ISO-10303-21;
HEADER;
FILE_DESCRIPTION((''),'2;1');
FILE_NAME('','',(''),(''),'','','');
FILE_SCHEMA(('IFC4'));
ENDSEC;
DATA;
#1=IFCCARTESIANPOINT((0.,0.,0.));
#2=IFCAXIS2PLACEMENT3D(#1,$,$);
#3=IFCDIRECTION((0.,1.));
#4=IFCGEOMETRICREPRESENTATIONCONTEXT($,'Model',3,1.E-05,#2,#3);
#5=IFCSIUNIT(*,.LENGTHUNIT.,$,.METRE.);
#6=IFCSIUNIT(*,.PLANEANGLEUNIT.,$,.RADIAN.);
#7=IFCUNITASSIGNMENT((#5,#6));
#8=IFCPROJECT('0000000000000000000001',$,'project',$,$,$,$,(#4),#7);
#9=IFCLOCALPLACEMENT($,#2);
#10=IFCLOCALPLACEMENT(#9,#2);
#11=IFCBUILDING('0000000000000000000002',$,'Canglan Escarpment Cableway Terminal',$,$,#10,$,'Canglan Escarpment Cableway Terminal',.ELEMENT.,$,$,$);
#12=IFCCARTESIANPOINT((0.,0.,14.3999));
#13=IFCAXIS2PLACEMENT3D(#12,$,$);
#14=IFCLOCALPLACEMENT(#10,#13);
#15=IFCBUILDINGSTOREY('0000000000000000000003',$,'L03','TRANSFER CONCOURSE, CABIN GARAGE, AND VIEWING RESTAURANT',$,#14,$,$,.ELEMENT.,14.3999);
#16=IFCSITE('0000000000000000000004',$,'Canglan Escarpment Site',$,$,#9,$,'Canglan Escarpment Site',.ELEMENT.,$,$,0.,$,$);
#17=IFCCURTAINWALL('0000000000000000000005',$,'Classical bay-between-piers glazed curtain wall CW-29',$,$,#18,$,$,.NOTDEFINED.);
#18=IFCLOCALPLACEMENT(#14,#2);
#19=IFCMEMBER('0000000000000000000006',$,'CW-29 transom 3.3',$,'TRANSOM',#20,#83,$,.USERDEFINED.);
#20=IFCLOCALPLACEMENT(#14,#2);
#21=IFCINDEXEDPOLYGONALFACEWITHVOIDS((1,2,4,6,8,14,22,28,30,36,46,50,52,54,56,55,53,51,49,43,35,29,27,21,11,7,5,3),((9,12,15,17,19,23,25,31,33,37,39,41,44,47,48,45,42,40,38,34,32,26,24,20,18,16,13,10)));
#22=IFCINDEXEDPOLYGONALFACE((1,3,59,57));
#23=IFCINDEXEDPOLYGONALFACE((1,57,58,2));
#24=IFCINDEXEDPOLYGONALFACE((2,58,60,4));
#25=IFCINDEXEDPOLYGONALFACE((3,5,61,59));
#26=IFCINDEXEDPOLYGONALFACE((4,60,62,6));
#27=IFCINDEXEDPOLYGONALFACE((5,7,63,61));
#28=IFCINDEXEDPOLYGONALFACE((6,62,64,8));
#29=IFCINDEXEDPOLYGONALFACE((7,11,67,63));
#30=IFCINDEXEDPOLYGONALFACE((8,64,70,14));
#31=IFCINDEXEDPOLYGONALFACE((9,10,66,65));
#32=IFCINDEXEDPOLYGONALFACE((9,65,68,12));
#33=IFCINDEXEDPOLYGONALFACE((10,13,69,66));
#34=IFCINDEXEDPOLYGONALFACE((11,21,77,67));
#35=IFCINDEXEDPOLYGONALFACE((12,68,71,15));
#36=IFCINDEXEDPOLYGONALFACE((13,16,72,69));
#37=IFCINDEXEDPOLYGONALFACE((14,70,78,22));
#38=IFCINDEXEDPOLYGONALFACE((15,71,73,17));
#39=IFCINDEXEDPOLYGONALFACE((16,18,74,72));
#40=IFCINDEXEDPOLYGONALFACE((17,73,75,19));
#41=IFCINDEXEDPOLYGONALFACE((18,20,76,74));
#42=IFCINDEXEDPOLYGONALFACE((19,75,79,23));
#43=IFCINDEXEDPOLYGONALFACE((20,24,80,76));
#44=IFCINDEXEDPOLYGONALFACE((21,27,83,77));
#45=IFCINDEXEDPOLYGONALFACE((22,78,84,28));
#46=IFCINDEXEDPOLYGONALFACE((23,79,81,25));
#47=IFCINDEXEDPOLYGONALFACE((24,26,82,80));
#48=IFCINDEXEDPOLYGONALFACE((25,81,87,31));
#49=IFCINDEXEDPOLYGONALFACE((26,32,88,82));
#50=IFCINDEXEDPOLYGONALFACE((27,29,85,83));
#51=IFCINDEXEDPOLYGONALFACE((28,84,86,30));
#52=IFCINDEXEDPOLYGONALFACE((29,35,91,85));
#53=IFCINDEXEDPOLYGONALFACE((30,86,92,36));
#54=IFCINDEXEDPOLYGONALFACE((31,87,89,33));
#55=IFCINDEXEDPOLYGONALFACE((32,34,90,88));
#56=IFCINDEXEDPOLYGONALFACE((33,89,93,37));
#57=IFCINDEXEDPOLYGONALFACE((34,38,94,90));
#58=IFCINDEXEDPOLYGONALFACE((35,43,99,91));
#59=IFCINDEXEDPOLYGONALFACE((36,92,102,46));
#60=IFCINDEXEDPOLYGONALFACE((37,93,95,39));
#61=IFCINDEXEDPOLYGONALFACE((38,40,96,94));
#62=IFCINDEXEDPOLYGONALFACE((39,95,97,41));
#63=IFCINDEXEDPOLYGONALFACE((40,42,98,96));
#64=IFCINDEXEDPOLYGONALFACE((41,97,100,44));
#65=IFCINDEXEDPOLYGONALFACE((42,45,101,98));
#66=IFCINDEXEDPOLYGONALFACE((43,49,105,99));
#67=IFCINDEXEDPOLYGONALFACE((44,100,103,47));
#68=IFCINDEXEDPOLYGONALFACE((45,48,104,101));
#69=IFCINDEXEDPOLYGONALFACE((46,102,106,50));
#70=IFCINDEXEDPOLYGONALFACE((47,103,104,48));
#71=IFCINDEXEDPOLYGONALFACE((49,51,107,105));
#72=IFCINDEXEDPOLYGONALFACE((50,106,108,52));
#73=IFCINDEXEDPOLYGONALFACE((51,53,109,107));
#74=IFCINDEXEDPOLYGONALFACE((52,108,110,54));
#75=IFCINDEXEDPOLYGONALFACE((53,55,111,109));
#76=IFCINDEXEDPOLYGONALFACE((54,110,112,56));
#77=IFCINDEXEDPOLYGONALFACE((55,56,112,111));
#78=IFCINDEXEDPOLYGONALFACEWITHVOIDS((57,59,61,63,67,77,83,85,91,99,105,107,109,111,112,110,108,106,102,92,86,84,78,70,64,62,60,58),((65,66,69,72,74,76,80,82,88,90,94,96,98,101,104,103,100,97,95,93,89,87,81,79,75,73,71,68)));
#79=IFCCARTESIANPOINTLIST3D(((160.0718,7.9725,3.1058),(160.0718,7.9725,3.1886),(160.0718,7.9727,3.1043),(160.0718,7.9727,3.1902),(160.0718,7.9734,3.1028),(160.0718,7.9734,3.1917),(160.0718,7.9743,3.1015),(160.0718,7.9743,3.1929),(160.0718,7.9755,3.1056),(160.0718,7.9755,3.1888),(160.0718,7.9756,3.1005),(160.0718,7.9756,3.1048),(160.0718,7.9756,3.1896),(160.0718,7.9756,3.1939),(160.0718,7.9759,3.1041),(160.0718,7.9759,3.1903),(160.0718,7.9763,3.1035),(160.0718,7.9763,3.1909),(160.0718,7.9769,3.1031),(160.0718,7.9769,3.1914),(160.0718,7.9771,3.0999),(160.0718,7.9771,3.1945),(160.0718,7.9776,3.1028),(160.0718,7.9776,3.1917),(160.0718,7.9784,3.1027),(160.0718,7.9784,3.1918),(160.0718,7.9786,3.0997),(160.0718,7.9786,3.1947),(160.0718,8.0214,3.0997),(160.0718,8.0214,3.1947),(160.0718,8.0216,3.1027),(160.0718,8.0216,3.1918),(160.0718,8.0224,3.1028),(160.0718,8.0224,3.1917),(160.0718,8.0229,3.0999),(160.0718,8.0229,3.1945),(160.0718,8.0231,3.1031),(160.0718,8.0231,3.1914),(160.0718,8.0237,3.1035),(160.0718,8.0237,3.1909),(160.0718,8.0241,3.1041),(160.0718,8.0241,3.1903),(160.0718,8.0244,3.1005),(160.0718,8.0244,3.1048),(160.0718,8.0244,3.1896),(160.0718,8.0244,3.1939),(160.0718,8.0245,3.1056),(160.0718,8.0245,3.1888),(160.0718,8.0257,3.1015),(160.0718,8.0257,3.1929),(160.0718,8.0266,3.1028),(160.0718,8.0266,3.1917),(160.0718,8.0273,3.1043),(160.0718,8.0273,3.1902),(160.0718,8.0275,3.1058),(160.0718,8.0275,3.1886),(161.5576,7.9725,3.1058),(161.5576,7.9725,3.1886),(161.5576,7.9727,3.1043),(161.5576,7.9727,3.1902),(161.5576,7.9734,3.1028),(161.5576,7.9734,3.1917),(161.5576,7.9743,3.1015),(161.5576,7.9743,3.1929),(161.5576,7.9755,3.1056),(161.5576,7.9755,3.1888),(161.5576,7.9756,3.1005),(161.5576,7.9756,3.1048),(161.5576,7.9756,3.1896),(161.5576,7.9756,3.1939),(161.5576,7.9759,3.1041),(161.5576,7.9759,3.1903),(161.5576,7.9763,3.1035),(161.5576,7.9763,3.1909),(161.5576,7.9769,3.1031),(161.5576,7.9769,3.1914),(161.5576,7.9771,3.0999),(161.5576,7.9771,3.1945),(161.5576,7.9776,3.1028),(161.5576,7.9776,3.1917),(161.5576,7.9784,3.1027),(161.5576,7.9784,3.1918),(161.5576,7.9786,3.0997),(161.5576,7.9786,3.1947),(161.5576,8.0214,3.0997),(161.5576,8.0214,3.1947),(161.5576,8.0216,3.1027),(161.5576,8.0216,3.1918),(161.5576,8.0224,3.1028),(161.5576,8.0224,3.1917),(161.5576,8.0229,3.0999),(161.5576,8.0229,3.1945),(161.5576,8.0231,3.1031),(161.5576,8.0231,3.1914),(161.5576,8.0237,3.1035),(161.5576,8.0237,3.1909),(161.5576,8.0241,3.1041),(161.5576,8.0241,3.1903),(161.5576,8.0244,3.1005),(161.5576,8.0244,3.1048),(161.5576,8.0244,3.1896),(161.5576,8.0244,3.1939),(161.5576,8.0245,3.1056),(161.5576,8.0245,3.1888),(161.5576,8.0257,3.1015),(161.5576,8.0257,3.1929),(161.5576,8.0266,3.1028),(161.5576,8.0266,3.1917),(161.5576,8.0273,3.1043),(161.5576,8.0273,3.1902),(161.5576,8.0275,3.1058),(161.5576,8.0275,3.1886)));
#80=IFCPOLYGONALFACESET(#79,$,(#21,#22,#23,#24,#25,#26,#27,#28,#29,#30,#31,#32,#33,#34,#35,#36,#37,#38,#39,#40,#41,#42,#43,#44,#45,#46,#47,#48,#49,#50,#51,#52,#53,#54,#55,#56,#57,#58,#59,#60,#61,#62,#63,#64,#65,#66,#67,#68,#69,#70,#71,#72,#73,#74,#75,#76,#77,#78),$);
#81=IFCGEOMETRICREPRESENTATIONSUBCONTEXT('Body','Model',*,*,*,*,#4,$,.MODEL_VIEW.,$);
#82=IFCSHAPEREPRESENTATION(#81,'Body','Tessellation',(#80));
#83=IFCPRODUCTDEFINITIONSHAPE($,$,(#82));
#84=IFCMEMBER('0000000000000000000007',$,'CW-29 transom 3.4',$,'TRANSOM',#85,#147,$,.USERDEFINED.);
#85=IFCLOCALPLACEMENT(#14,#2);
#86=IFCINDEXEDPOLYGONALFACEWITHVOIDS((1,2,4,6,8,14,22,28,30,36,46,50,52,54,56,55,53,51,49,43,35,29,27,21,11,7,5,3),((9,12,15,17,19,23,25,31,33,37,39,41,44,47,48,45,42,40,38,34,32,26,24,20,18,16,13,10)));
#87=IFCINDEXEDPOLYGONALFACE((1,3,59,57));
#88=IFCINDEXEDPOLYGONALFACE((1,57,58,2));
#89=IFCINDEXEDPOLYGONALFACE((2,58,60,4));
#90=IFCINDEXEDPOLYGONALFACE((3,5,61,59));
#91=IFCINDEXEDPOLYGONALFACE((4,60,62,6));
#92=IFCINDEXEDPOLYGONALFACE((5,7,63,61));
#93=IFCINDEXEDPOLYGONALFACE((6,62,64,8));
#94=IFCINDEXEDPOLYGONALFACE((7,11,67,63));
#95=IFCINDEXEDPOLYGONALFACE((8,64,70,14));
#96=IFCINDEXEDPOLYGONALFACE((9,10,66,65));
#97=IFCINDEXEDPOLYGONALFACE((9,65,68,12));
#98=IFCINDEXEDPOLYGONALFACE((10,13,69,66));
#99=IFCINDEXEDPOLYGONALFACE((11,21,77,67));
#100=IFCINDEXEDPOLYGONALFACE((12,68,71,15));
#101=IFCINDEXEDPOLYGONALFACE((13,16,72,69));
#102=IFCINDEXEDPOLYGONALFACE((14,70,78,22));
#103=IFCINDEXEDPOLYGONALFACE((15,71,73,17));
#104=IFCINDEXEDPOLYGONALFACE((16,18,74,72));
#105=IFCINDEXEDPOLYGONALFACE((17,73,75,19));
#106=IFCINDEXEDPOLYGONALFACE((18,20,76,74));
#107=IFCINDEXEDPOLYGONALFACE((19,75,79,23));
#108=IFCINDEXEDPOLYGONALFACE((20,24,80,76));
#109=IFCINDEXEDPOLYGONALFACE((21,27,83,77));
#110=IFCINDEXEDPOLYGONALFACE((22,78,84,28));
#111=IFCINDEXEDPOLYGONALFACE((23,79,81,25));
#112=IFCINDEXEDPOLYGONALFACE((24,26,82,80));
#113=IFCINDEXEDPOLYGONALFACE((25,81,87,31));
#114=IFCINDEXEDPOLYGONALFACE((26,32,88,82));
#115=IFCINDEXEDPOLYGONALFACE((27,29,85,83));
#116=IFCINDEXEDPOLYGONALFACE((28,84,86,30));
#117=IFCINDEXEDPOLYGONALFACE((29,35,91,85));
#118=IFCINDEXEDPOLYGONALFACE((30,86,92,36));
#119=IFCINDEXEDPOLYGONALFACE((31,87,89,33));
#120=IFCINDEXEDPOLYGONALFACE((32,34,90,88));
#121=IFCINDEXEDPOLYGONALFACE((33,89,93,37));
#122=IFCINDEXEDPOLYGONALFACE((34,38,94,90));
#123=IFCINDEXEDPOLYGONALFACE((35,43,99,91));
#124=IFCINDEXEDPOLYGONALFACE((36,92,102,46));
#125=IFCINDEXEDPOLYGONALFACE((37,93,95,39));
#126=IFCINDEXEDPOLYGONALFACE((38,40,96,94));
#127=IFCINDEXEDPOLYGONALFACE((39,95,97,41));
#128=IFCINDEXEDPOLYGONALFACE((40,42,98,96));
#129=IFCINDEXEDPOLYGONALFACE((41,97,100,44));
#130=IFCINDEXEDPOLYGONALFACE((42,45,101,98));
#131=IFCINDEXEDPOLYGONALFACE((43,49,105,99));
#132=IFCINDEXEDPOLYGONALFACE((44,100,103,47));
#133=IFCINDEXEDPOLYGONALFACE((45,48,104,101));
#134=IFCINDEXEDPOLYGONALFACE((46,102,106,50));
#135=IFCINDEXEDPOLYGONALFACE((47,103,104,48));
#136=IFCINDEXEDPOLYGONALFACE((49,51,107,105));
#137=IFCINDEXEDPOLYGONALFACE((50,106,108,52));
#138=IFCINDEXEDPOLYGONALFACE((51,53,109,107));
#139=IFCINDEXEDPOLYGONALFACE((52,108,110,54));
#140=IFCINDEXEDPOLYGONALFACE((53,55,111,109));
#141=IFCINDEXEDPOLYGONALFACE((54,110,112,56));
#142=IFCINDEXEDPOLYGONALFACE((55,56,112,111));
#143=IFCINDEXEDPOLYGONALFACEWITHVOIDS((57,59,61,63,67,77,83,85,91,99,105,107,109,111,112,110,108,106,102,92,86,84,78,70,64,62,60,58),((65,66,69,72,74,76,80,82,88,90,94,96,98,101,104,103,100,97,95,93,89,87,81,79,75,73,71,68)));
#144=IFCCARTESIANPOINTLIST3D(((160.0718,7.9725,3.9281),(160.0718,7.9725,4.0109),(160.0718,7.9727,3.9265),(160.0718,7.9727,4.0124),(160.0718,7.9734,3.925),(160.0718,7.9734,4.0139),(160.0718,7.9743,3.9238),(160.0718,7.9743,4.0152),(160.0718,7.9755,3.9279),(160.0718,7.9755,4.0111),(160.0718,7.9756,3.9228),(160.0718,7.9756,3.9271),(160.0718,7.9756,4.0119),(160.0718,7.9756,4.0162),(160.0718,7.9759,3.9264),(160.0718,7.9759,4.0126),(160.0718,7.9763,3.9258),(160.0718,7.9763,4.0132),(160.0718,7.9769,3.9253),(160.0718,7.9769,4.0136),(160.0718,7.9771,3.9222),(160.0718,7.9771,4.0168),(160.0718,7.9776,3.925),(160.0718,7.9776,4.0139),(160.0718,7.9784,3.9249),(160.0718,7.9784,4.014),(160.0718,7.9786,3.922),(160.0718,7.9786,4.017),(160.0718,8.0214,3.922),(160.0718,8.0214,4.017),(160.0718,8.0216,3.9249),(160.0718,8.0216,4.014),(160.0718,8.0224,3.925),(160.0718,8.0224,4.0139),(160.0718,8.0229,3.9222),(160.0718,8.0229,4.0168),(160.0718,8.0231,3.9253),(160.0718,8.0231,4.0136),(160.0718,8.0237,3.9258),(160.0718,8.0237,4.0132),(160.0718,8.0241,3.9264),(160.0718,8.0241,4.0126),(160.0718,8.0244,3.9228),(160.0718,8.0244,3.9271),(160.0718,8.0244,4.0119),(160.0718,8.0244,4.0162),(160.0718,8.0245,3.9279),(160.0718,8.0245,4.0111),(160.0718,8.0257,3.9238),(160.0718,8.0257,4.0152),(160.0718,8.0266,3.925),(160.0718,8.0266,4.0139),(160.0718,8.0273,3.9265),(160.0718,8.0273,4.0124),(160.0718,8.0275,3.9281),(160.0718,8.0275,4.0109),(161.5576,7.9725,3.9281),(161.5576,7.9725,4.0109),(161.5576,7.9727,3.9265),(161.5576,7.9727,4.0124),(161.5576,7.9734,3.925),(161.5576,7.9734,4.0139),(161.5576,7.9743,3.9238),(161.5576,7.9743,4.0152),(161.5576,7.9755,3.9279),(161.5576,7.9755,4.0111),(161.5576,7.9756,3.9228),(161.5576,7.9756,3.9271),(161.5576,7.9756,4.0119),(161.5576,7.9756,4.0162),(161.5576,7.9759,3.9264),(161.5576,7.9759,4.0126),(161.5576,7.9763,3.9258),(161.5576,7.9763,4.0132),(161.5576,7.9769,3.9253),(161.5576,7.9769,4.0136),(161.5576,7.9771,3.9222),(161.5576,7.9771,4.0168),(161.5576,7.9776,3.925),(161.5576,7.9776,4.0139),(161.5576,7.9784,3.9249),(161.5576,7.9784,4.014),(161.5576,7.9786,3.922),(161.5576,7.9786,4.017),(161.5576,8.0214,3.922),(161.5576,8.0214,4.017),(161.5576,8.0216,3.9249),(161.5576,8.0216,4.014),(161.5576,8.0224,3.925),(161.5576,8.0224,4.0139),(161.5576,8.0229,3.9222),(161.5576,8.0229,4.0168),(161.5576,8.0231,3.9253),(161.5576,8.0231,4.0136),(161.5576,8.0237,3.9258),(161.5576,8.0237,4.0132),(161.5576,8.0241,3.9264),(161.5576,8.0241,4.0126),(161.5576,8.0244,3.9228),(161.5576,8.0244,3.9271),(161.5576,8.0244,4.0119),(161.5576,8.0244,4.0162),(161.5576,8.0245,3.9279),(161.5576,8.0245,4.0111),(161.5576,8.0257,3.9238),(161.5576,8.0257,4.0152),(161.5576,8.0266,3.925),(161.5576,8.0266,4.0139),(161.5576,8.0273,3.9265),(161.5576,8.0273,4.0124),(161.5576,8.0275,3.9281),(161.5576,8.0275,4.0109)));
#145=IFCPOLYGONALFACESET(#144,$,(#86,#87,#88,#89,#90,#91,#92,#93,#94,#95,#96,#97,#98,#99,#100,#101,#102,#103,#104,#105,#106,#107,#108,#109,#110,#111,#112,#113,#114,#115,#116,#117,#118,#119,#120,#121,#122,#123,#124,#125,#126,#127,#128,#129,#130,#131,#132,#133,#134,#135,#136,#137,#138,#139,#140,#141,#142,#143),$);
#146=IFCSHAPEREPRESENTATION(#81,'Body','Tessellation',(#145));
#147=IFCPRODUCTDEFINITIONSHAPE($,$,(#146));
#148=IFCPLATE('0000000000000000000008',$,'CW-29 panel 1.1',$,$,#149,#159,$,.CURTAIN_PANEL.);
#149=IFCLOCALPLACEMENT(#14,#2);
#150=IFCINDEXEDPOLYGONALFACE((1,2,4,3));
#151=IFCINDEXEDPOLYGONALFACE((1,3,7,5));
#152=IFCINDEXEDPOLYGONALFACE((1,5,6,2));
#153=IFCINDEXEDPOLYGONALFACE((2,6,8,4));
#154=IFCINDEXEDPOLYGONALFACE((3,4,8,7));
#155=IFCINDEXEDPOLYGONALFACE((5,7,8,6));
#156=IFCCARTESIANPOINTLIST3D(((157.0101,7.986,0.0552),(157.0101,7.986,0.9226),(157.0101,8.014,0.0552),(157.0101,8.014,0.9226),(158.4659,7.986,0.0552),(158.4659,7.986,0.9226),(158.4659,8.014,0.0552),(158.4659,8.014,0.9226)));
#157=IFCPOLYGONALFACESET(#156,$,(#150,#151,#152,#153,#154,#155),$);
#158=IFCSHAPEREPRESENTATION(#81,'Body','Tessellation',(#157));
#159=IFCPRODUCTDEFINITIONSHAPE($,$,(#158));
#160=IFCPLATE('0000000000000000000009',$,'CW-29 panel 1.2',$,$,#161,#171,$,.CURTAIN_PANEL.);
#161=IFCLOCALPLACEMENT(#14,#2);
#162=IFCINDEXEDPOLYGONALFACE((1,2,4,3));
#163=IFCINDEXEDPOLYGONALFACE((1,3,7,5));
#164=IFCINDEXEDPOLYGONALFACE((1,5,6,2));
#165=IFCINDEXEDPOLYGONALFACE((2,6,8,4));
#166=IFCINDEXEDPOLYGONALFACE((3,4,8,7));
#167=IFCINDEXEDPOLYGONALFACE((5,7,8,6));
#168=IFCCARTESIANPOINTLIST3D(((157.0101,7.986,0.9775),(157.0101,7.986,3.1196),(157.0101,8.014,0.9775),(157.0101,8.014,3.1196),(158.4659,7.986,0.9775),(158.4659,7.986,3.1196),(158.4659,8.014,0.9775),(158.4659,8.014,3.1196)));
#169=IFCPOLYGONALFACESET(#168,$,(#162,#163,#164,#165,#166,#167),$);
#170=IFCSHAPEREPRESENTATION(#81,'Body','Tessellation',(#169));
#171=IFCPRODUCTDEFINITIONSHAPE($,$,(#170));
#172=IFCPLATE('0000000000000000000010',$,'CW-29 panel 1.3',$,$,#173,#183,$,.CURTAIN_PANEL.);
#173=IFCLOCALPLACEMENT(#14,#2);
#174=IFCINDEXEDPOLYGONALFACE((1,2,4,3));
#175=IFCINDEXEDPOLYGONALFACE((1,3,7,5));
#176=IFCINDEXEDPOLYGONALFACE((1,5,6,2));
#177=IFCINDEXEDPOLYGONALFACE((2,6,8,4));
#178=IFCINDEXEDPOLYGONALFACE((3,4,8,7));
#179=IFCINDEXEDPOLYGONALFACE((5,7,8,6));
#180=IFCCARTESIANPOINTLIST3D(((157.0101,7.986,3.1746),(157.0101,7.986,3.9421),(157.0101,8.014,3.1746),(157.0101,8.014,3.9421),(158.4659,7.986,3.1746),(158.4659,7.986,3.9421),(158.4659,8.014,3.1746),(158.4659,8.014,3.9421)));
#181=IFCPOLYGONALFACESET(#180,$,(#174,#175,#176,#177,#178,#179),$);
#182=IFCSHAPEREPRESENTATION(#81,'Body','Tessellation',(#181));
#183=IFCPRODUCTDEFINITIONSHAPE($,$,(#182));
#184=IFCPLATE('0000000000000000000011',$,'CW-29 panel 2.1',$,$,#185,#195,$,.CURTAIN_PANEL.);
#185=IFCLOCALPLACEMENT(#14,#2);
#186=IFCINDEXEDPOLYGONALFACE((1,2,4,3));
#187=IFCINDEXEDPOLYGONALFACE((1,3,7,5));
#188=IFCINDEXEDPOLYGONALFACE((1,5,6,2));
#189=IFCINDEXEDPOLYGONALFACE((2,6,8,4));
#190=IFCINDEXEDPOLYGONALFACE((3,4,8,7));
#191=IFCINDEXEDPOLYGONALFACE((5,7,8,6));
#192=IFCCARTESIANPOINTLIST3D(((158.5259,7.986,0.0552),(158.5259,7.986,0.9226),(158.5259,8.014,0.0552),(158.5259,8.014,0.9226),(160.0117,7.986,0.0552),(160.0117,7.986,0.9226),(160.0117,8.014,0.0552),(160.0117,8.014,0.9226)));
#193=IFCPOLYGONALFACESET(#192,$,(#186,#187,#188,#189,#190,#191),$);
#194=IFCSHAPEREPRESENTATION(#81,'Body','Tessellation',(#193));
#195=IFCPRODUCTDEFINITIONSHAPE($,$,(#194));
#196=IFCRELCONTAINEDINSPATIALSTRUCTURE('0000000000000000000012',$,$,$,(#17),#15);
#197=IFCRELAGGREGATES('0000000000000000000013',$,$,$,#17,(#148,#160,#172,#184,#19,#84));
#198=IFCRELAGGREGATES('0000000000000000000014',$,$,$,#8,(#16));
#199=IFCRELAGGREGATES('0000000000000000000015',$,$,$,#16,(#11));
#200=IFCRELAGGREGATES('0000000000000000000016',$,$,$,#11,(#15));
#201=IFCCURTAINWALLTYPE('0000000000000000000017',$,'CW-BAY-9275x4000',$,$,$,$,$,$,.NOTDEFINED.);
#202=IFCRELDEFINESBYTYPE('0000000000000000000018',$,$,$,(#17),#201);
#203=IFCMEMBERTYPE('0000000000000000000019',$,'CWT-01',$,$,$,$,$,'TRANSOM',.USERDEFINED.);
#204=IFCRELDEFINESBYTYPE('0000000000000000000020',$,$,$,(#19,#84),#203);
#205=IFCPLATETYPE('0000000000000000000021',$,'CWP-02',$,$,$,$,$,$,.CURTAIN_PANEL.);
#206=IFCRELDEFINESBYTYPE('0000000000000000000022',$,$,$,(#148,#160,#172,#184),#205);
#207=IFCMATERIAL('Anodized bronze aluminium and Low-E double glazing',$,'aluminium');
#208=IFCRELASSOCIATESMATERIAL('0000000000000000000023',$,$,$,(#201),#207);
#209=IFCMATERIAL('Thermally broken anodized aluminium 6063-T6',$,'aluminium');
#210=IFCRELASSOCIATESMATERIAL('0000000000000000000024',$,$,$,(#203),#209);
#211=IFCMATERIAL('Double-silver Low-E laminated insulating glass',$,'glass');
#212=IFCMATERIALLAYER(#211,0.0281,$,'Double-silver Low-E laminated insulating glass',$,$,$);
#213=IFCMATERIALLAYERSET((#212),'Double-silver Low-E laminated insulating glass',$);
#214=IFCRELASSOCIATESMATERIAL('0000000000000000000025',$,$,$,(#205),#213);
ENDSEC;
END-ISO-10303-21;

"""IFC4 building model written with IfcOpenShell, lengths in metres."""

from ifc_helpers import new_model, si_unit, direction, frame, origin, origin_2d, place, context, subcontext, project, spatial, rectangle, hollow_rectangle, extrude, material, layer, layer_set, material_profile, profile_set, type_object, element, aggregate, save


model = new_model("IFC4")

# Units and contexts
model_context = context("Model", 3, precision=1e-05, world=origin(), true_north=direction((0.0, 1.0)))
body_context = subcontext(model_context, "Body", "Model", "MODEL_VIEW")
ifc_project = project(units=[si_unit("LENGTHUNIT", "METRE"), si_unit("PLANEANGLEUNIT", "RADIAN")], contexts=[model_context])

# Site, building, storey
site_placement = place(None, origin())
site = spatial("IfcSite", under=ifc_project, at=site_placement, Name="Canglan Escarpment Site", LongName="Canglan Escarpment Site", CompositionType="ELEMENT", RefElevation=0.0)
building_placement = place(site_placement, origin())
building = spatial("IfcBuilding", under=site, at=building_placement, Name="Canglan Escarpment Cableway Terminal", LongName="Canglan Escarpment Cableway Terminal", CompositionType="ELEMENT")
storey_placement = place(building_placement, frame((0.0, 0.0, 14.3999)))
storey = spatial("IfcBuildingStorey", under=building, at=storey_placement, Name="L03", Description="TRANSFER CONCOURSE, CABIN GARAGE, AND VIEWING RESTAURANT", CompositionType="ELEMENT", Elevation=14.3999)

# Curtain wall, members, plates
ifc_material_1 = material(Name="Anodized bronze aluminium and Low-E double glazing", Category="aluminium")
curtain_wall_type = type_object("IfcCurtainWallType", Name="CW-BAY-9275x4000", PredefinedType="NOTDEFINED", material=ifc_material_1)
curtain_wall_placement = place(storey_placement, origin())
curtain_wall = element("IfcCurtainWall", 1, at=curtain_wall_placement, inside=storey, type_object=curtain_wall_type, Name="Classical bay-between-piers glazed curtain wall CW-29", PredefinedType="NOTDEFINED")
ifc_material_2 = material(Name="Thermally broken anodized aluminium 6063-T6", Category="aluminium")
ifc_material_profile_1 = material_profile(ifc_material_2, hollow_rectangle(XDim=0.0549, YDim=0.095, WallThickness=0.0029, InnerFilletRadius=0.0029, OuterFilletRadius=0.0061, at=origin_2d()), Name="ALU-TRAN 55x95x3")
ifc_profile_set_1 = profile_set([ifc_material_profile_1], Name="Thermally broken anodized aluminium 6063-T6")
member_type_1 = type_object("IfcMemberType", Name="CWT-01", ElementType="TRANSOM", PredefinedType="USERDEFINED", material=ifc_profile_set_1)
member_1_placement = place(storey_placement, frame((160.0718, 8.0, 3.1472), z_axis=(1.0, 0.0, 0.0), x_axis=(0.0, 1.0, 0.0)))
member_1 = element("IfcMember", 2, at=member_1_placement, type_object=member_type_1, Name="CW-29 transom 3.3", ObjectType="TRANSOM", PredefinedType="USERDEFINED", context=body_context, shape_type="SweptSolid", body=[
    extrude(hollow_rectangle(XDim=0.0549, YDim=0.095, WallThickness=0.0029, InnerFilletRadius=0.0029, OuterFilletRadius=0.0061, at=origin_2d()), origin(), (0.0, 0.0, 1.0), 1.4858),
])
member_2_placement = place(storey_placement, frame((160.0718, 8.0, 3.9695), z_axis=(1.0, 0.0, 0.0), x_axis=(0.0, 1.0, 0.0)))
member_2 = element("IfcMember", 3, at=member_2_placement, type_object=member_type_1, Name="CW-29 transom 3.4", ObjectType="TRANSOM", PredefinedType="USERDEFINED", context=body_context, shape_type="SweptSolid", body=[
    extrude(hollow_rectangle(XDim=0.0549, YDim=0.095, WallThickness=0.0029, InnerFilletRadius=0.0029, OuterFilletRadius=0.0061, at=origin_2d()), origin(), (0.0, 0.0, 1.0), 1.4858),
])
ifc_material_3 = material(Name="Double-silver Low-E laminated insulating glass", Category="glass")
ifc_layer_1 = layer(ifc_material_3, 0.0281, Name="Double-silver Low-E laminated insulating glass")
ifc_layer_set_1 = layer_set([ifc_layer_1], Name="Double-silver Low-E laminated insulating glass")
plate_type = type_object("IfcPlateType", Name="CWP-02", PredefinedType="CURTAIN_PANEL", material=ifc_layer_set_1)
plate_1_placement = place(storey_placement, frame((157.738, 8.0, 0.0552), z_axis=(0.0, 0.0, 1.0), x_axis=(1.0, 0.0, 0.0)))
plate_1 = element("IfcPlate", 4, at=plate_1_placement, type_object=plate_type, Name="CW-29 panel 1.1", PredefinedType="CURTAIN_PANEL", context=body_context, shape_type="SweptSolid", body=[
    extrude(rectangle(XDim=1.4558, YDim=0.0281, at=origin_2d()), origin(), (0.0, 0.0, 1.0), 0.8674),
])
plate_2_placement = place(storey_placement, frame((157.738, 8.0, 0.9775), z_axis=(0.0, 0.0, 1.0), x_axis=(1.0, 0.0, 0.0)))
plate_2 = element("IfcPlate", 5, at=plate_2_placement, type_object=plate_type, Name="CW-29 panel 1.2", PredefinedType="CURTAIN_PANEL", context=body_context, shape_type="SweptSolid", body=[
    extrude(rectangle(XDim=1.4558, YDim=0.0281, at=origin_2d()), origin(), (0.0, 0.0, 1.0), 2.1421),
])
plate_3_placement = place(storey_placement, frame((157.738, 8.0, 3.1746), z_axis=(0.0, 0.0, 1.0), x_axis=(1.0, 0.0, 0.0)))
plate_3 = element("IfcPlate", 6, at=plate_3_placement, type_object=plate_type, Name="CW-29 panel 1.3", PredefinedType="CURTAIN_PANEL", context=body_context, shape_type="SweptSolid", body=[
    extrude(rectangle(XDim=1.4558, YDim=0.0281, at=origin_2d()), origin(), (0.0, 0.0, 1.0), 0.7676),
])
plate_4_placement = place(storey_placement, frame((159.2688, 8.0, 0.0552), z_axis=(0.0, 0.0, 1.0), x_axis=(1.0, 0.0, 0.0)))
plate_4 = element("IfcPlate", 7, at=plate_4_placement, type_object=plate_type, Name="CW-29 panel 2.1", PredefinedType="CURTAIN_PANEL", context=body_context, shape_type="SweptSolid", body=[
    extrude(rectangle(XDim=1.4858, YDim=0.0281, at=origin_2d()), origin(), (0.0, 0.0, 1.0), 0.8674),
])
aggregate(curtain_wall, [plate_1, plate_2, plate_3, plate_4, member_1, member_2])

save(model, "model.ifc")
